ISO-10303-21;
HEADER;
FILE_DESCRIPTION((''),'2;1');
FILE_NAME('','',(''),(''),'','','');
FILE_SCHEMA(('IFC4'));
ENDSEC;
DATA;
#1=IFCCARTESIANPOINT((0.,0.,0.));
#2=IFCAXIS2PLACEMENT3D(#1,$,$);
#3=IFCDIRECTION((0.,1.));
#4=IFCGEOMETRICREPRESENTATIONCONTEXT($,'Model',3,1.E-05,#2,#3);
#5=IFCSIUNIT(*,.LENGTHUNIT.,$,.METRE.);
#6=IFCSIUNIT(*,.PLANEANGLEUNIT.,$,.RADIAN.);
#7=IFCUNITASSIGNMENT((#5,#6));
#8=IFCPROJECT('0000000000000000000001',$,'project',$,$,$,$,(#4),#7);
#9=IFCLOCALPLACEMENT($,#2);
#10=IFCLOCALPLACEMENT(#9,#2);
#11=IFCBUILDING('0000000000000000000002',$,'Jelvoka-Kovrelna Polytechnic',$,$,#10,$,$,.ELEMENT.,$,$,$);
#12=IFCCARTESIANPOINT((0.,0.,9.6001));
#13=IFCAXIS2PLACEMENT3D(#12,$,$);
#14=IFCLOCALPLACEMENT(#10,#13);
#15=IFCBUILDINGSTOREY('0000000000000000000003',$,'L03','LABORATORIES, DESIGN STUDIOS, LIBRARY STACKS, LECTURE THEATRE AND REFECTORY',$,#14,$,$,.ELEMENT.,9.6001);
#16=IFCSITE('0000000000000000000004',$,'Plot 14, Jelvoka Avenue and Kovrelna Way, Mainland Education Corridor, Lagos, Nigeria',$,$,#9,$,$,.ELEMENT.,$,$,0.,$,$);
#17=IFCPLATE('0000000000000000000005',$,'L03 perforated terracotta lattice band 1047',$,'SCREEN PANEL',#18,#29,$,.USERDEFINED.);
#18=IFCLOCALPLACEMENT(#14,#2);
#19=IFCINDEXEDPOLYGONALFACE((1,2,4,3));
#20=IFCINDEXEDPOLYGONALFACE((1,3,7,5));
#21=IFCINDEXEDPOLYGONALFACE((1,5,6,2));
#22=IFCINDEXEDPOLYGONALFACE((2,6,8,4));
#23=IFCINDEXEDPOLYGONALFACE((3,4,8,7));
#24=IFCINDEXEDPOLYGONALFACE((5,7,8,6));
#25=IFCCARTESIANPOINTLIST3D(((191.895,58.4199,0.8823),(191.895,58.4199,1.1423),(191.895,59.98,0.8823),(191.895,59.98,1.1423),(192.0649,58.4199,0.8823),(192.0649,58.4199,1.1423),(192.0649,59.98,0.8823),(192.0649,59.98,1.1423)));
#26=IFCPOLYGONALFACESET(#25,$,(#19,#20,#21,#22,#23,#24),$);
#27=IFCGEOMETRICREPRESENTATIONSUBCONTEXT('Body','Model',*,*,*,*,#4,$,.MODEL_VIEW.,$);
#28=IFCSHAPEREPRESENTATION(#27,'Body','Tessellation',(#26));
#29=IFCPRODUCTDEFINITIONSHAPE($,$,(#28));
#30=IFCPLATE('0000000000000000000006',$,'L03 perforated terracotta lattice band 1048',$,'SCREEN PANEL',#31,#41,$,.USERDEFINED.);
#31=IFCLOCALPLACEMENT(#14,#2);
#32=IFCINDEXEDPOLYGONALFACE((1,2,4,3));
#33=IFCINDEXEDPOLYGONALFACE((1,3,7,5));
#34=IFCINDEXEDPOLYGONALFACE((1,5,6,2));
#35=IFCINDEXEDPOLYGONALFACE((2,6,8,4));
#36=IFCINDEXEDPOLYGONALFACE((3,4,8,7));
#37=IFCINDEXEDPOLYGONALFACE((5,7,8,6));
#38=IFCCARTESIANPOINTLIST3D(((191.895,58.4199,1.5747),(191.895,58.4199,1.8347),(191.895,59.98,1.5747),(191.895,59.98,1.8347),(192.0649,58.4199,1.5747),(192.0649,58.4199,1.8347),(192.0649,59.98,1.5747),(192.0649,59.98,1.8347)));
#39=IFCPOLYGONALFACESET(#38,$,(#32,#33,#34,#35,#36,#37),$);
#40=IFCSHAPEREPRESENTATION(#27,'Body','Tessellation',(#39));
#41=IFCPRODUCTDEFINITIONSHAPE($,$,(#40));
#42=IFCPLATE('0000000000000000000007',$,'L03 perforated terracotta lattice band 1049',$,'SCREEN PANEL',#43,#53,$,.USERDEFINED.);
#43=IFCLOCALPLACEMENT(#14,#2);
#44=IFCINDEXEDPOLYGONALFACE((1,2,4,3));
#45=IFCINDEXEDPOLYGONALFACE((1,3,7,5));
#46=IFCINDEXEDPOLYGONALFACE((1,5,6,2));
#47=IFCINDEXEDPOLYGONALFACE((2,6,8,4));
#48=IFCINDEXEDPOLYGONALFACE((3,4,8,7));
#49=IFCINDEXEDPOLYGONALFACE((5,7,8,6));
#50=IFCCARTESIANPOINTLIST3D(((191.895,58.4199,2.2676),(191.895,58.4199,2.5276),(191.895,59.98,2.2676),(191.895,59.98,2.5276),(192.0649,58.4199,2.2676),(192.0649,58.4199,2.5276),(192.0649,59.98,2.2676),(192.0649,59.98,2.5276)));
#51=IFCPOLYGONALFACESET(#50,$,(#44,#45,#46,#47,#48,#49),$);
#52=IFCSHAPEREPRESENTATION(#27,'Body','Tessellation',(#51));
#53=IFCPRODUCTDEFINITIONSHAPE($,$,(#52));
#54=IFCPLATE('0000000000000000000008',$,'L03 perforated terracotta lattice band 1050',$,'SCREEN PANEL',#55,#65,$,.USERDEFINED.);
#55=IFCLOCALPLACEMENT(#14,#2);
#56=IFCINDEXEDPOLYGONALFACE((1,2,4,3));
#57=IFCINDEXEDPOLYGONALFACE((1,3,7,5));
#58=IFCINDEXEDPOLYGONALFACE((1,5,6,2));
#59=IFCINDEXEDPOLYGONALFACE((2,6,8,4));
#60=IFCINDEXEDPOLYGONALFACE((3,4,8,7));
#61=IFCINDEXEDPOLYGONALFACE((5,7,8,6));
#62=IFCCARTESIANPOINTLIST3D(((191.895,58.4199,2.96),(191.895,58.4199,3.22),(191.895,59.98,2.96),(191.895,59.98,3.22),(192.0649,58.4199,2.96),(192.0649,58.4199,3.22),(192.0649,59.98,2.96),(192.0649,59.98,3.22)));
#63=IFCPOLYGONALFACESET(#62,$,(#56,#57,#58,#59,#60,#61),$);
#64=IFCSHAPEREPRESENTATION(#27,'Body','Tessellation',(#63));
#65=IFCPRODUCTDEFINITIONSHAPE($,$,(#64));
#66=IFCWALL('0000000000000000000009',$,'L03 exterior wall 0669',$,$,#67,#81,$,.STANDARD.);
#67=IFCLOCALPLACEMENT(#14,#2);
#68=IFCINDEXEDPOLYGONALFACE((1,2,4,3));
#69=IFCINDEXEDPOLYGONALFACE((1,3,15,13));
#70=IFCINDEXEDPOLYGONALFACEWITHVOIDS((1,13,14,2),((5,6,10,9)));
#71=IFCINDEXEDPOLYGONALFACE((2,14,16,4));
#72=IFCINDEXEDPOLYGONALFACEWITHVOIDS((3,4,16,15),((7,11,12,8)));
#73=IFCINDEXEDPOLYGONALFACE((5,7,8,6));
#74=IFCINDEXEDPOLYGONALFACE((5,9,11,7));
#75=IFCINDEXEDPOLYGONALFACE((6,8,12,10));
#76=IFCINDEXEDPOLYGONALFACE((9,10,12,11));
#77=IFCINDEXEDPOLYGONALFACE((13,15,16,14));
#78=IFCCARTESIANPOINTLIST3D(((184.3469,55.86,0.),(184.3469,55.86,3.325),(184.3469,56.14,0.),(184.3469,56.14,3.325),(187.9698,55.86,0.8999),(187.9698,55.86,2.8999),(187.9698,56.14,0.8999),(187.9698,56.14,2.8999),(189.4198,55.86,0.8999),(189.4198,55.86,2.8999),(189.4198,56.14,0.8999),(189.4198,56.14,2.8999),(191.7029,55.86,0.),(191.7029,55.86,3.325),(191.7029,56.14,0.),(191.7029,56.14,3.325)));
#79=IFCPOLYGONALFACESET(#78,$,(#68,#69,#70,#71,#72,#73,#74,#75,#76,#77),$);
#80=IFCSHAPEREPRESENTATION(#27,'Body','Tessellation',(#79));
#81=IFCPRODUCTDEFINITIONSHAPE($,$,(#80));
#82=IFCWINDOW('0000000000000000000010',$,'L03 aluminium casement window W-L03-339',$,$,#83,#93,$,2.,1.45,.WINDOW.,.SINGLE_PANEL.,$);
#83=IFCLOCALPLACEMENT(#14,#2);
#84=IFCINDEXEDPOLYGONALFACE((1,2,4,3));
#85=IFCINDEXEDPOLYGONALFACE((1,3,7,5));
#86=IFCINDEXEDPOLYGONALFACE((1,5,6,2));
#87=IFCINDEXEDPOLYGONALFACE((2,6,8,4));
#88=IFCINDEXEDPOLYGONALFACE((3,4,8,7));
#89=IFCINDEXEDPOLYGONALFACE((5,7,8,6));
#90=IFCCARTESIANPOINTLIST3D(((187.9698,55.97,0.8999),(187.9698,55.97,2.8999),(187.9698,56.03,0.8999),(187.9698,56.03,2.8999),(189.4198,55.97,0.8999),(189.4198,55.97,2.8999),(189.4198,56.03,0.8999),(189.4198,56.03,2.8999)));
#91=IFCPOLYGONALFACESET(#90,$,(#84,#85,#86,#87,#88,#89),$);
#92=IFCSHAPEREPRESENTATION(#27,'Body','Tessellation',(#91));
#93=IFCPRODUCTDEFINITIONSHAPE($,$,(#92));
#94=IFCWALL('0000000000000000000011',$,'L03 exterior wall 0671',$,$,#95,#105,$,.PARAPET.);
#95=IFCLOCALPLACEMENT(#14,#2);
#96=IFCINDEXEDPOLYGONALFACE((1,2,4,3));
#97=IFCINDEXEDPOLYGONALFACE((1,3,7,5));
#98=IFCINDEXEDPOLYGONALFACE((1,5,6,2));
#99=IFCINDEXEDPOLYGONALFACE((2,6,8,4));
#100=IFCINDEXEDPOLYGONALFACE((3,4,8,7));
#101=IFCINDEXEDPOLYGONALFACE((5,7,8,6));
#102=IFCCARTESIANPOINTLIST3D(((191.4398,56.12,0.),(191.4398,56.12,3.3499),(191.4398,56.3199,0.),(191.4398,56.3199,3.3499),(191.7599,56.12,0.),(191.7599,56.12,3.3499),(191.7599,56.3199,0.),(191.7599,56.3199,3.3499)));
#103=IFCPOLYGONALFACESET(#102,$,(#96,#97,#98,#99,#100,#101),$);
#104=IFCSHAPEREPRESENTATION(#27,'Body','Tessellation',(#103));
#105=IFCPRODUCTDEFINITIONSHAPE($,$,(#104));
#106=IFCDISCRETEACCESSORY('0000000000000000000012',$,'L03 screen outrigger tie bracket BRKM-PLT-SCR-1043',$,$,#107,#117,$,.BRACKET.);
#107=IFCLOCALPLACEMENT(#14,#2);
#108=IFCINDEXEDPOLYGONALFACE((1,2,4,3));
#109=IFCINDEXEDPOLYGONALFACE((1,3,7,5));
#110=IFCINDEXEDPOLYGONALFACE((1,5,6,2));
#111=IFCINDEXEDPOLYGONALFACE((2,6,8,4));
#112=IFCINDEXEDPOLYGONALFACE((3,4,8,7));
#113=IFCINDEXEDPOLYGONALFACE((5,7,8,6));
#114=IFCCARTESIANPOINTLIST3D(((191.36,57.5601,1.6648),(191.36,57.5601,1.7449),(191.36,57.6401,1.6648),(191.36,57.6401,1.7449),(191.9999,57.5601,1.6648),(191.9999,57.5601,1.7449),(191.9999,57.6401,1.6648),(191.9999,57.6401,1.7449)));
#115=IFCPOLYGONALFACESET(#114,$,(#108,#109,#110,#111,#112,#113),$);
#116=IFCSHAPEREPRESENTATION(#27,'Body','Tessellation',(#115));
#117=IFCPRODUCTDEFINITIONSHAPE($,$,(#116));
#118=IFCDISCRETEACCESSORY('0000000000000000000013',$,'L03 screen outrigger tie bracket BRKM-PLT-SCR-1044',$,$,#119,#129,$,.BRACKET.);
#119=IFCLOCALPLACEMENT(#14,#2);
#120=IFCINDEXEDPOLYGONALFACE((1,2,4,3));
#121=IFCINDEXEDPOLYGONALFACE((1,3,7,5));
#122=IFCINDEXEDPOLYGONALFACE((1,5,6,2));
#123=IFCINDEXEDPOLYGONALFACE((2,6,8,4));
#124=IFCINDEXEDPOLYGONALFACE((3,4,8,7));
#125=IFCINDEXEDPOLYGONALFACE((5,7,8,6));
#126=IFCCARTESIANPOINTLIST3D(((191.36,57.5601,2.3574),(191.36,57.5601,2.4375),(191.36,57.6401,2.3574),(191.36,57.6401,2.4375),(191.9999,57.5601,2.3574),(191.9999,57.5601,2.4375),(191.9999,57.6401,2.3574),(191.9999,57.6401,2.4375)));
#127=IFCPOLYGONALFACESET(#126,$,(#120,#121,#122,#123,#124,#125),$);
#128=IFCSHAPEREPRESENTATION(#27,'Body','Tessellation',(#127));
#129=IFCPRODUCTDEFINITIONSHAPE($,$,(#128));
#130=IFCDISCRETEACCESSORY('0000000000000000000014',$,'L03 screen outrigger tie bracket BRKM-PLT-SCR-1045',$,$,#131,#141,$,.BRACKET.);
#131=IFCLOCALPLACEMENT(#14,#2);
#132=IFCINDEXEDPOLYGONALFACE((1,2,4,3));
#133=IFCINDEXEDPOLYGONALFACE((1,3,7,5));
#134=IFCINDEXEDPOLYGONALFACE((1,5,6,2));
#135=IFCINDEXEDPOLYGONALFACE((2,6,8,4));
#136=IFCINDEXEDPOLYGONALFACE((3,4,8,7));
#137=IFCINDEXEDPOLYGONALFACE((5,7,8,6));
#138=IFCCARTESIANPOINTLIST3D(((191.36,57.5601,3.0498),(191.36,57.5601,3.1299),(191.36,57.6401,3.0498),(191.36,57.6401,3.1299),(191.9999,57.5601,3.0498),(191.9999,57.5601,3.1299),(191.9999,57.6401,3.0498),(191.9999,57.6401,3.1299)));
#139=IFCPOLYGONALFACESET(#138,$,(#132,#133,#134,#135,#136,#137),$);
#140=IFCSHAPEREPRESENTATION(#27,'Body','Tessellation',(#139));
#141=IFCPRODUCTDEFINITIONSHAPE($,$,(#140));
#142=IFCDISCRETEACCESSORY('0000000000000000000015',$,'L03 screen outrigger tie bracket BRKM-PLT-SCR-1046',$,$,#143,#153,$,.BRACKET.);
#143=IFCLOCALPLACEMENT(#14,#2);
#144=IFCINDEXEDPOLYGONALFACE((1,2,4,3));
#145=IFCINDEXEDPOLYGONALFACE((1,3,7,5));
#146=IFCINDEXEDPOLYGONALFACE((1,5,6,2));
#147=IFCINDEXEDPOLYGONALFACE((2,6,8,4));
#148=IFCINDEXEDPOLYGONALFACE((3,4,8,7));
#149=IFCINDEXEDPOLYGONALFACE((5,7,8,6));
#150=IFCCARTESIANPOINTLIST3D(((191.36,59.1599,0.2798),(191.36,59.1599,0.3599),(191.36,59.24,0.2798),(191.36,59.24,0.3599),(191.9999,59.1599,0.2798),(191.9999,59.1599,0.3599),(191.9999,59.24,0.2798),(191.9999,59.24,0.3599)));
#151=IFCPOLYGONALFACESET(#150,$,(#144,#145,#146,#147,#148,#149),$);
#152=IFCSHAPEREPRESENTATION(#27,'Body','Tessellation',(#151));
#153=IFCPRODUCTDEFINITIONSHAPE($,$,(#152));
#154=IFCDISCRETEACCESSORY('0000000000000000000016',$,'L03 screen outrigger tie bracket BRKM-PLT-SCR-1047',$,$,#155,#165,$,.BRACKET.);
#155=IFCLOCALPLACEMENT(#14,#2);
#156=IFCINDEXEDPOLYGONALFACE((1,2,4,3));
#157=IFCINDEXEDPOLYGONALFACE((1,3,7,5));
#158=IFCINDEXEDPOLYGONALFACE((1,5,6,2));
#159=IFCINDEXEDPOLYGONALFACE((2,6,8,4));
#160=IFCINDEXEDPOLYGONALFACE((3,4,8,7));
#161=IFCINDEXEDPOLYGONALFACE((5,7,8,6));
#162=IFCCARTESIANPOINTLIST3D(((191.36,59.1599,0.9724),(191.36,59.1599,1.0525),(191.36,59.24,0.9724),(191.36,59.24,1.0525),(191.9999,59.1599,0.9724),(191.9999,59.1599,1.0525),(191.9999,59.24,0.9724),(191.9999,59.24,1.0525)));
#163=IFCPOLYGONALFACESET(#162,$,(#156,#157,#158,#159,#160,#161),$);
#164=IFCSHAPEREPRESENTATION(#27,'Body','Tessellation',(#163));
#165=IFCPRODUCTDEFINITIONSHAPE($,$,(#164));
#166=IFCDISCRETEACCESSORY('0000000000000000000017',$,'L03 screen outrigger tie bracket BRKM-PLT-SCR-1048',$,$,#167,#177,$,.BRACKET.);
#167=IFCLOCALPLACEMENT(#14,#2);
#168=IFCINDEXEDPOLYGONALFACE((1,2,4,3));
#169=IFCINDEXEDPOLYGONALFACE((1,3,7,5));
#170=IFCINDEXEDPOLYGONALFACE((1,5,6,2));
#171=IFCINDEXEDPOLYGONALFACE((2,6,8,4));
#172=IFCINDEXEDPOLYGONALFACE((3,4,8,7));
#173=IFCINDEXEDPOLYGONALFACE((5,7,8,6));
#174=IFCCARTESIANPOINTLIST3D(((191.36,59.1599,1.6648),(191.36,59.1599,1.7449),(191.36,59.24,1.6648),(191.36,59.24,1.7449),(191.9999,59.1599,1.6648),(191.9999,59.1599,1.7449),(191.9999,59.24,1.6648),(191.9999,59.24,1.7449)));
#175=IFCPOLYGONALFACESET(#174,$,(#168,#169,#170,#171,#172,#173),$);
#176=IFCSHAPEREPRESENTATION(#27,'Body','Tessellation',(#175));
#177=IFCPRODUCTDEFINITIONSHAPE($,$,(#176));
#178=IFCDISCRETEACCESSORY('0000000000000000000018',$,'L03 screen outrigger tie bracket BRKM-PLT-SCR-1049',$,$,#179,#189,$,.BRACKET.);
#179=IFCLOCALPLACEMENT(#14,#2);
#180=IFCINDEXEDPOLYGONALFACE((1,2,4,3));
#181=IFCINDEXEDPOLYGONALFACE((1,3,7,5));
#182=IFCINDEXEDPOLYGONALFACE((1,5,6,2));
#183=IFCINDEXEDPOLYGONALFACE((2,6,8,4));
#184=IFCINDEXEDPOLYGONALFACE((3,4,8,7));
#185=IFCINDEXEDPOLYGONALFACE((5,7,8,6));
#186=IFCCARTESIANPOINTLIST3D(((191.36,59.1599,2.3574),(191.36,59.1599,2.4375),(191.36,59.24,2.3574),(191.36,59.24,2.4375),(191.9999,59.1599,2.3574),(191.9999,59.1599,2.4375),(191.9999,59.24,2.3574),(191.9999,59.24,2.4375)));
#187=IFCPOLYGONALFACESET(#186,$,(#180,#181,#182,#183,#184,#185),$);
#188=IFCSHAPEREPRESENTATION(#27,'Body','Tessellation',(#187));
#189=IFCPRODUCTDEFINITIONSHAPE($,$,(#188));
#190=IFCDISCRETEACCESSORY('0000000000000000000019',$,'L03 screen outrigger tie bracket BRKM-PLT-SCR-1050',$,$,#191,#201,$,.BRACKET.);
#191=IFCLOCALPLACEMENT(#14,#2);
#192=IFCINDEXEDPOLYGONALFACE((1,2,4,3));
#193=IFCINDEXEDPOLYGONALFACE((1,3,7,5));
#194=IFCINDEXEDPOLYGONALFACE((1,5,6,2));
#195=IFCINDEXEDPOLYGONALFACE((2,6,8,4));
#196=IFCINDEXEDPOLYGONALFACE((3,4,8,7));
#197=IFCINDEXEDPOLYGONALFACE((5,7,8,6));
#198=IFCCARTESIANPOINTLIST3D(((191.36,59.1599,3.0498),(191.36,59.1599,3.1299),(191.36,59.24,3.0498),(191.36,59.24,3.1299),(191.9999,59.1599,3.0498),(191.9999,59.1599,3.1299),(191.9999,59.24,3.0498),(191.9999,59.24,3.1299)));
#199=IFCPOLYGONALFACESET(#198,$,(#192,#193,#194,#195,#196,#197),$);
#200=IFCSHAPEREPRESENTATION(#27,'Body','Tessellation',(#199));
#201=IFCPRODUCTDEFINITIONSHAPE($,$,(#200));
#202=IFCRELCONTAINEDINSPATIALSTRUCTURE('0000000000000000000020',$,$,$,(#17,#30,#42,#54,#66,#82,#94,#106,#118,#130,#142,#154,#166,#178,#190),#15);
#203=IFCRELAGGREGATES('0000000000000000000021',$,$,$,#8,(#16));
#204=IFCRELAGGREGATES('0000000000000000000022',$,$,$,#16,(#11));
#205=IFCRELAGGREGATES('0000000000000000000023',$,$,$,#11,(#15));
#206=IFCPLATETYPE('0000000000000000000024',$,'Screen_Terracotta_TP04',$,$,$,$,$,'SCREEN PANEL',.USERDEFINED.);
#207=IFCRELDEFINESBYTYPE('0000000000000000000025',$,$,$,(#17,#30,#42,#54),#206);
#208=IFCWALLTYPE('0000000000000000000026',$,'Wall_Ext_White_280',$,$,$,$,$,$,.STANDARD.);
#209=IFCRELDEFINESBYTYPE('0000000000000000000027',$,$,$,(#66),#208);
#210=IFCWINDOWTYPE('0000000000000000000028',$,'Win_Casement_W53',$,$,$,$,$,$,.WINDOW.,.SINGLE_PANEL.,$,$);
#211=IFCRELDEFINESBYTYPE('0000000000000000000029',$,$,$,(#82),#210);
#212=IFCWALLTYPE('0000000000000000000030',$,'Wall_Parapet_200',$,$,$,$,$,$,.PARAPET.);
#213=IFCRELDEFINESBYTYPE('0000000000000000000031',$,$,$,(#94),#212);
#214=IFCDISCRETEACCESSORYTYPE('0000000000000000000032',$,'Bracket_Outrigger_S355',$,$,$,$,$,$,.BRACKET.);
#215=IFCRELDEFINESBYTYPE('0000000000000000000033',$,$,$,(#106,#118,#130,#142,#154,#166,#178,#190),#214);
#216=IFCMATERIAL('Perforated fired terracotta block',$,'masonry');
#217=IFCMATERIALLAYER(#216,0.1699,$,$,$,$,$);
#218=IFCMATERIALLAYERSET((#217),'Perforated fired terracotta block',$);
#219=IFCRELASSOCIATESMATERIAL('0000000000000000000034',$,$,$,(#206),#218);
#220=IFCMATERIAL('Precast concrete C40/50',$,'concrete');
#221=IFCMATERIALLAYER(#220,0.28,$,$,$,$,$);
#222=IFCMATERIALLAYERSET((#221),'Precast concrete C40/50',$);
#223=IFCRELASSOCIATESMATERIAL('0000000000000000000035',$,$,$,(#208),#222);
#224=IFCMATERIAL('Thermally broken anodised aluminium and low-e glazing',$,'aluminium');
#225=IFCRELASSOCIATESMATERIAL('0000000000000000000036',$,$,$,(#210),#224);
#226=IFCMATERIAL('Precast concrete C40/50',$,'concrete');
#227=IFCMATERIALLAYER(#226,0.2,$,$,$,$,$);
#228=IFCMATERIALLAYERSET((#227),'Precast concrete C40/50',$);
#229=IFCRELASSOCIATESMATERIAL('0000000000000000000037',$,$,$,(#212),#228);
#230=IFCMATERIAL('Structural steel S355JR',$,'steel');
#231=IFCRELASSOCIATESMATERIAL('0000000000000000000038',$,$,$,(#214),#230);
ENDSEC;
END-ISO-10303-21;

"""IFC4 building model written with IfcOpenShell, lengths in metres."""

from ifc_helpers import new_model, si_unit, direction, frame, frame_2d, origin, origin_2d, place, context, subcontext, project, spatial, rectangle, extrude, material, layer, layer_set, type_object, element, fill, save


model = new_model("IFC4")

# Units and contexts
model_context = context("Model", 3, precision=1e-05, world=origin(), true_north=direction((0.0, 1.0)))
body_context = subcontext(model_context, "Body", "Model", "MODEL_VIEW")
ifc_project = project(units=[si_unit("LENGTHUNIT", "METRE"), si_unit("PLANEANGLEUNIT", "RADIAN")], contexts=[model_context])

# Site, building, storey
site_placement = place(None, origin())
site = spatial("IfcSite", under=ifc_project, at=site_placement, Name="Plot 14, Jelvoka Avenue and Kovrelna Way, Mainland Education Corridor, Lagos, Nigeria", CompositionType="ELEMENT", RefElevation=0.0)
building_placement = place(site_placement, origin())
building = spatial("IfcBuilding", under=site, at=building_placement, Name="Jelvoka-Kovrelna Polytechnic", CompositionType="ELEMENT")
storey_placement = place(building_placement, frame((0.0, 0.0, 9.6001)))
storey = spatial("IfcBuildingStorey", under=building, at=storey_placement, Name="L03", Description="LABORATORIES, DESIGN STUDIOS, LIBRARY STACKS, LECTURE THEATRE AND REFECTORY", CompositionType="ELEMENT", Elevation=9.6001)

# Plates
ifc_material_1 = material(Name="Perforated fired terracotta block", Category="masonry")
ifc_layer_1 = layer(ifc_material_1, 0.1699)
ifc_layer_set_1 = layer_set([ifc_layer_1], Name="Perforated fired terracotta block")
plate_type = type_object("IfcPlateType", Name="Screen_Terracotta_TP04", ElementType="SCREEN PANEL", PredefinedType="USERDEFINED", material=ifc_layer_set_1)
for number, where, z_axis, x_axis, name in (
    (1, (191.98, 59.2, 0.8823), (0.0, 0.0, 1.0), (0.0, 1.0, 0.0), "L03 perforated terracotta lattice band 1047"),
    (2, (191.98, 59.2, 1.5747), (0.0, 0.0, 1.0), (0.0, 1.0, 0.0), "L03 perforated terracotta lattice band 1048"),
    (3, (191.98, 59.2, 2.2676), (0.0, 0.0, 1.0), (0.0, 1.0, 0.0), "L03 perforated terracotta lattice band 1049"),
    (4, (191.98, 59.2, 2.96), (0.0, 0.0, 1.0), (0.0, 1.0, 0.0), "L03 perforated terracotta lattice band 1050"),
):
    element("IfcPlate", number, at=place(storey_placement, frame(where, z_axis=z_axis, x_axis=x_axis)), inside=storey, type_object=plate_type, Name=name, ObjectType="SCREEN PANEL", PredefinedType="USERDEFINED", context=body_context, shape_type="SweptSolid", body=[
        extrude(rectangle(XDim=1.5601, YDim=0.1699, at=origin_2d()), origin(), (0.0, 0.0, 1.0), 0.26),
    ])

# Wall, opening, window
ifc_material_2 = material(Name="Precast concrete C40/50", Category="concrete")
ifc_layer_2 = layer(ifc_material_2, 0.28)
ifc_layer_set_2 = layer_set([ifc_layer_2], Name="Precast concrete C40/50")
wall_type_1 = type_object("IfcWallType", Name="Wall_Ext_White_280", PredefinedType="STANDARD", material=ifc_layer_set_2)
wall_1_placement = place(storey_placement, frame((191.7029, 56.0, 0.0), z_axis=(0.0, 0.0, 1.0), x_axis=(-1.0, 0.0, 0.0)))
wall_1 = element("IfcWall", 5, at=wall_1_placement, inside=storey, type_object=wall_type_1, Name="L03 exterior wall 0669", PredefinedType="STANDARD", context=body_context, shape_type="SweptSolid", body=[
    extrude(rectangle(XDim=7.356, YDim=0.28, at=frame_2d((3.678, 0.0))), origin(), (0.0, 0.0, 1.0), 3.325),
])
opening_placement = place(wall_1_placement, frame((2.283, 0.0, 0.8999)))
opening = element("IfcOpeningElement", 6, at=opening_placement, cuts=wall_1, PredefinedType="OPENING", context=body_context, shape_type="SweptSolid", body=[
    extrude(rectangle(XDim=1.45, YDim=2.0, at=frame_2d((0.7251, 1.0))), frame((0.0, 0.1501, 0.0), z_axis=(0.0, -1.0, 0.0), x_axis=(1.0, 0.0, 0.0)), (0.0, 0.0, 1.0), 0.3),
])
ifc_material_3 = material(Name="Thermally broken anodised aluminium and low-e glazing", Category="aluminium")
window_type = type_object("IfcWindowType", Name="Win_Casement_W53", PartitioningType="SINGLE_PANEL", PredefinedType="WINDOW", material=ifc_material_3)
window_placement = place(opening_placement, origin())
window = element("IfcWindow", 7, at=window_placement, inside=storey, type_object=window_type, Name="L03 aluminium casement window W-L03-339", OverallHeight=2.0, OverallWidth=1.45, PartitioningType="SINGLE_PANEL", PredefinedType="WINDOW", context=body_context, shape_type="SweptSolid", body=[
    extrude(rectangle(XDim=1.45, YDim=2.0, at=frame_2d((0.7251, 1.0))), frame((0.0, 0.03, 0.0), z_axis=(0.0, -1.0, 0.0), x_axis=(1.0, 0.0, 0.0)), (0.0, 0.0, 1.0), 0.0601),
])
fill(opening, window)

# Wall
ifc_material_4 = material(Name="Precast concrete C40/50", Category="concrete")
ifc_layer_3 = layer(ifc_material_4, 0.2)
ifc_layer_set_3 = layer_set([ifc_layer_3], Name="Precast concrete C40/50")
wall_type_2 = type_object("IfcWallType", Name="Wall_Parapet_200", PredefinedType="PARAPET", material=ifc_layer_set_3)
wall_2_placement = place(storey_placement, frame((191.76, 56.22, 0.0), z_axis=(0.0, 0.0, 1.0), x_axis=(-1.0, 0.0, 0.0)))
element("IfcWall", 8, at=wall_2_placement, inside=storey, type_object=wall_type_2, Name="L03 exterior wall 0671", PredefinedType="PARAPET", context=body_context, shape_type="SweptSolid", body=[
    extrude(rectangle(XDim=0.3201, YDim=0.2, at=frame_2d((0.1602, 0.0))), origin(), (0.0, 0.0, 1.0), 3.3499),
])

# Discrete accessories
ifc_material_5 = material(Name="Structural steel S355JR", Category="steel")
discrete_accessory_type = type_object("IfcDiscreteAccessoryType", Name="Bracket_Outrigger_S355", PredefinedType="BRACKET", material=ifc_material_5)
for number, where, z_axis, x_axis, name in (
    (9, (191.6799, 57.6001, 1.6648), (0.0, 0.0, 1.0), (1.0, 0.0, 0.0), "L03 screen outrigger tie bracket BRKM-PLT-SCR-1043"),
    (10, (191.6799, 57.6001, 2.3574), (0.0, 0.0, 1.0), (1.0, 0.0, 0.0), "L03 screen outrigger tie bracket BRKM-PLT-SCR-1044"),
    (11, (191.6799, 57.6001, 3.0498), (0.0, 0.0, 1.0), (1.0, 0.0, 0.0), "L03 screen outrigger tie bracket BRKM-PLT-SCR-1045"),
    (12, (191.6799, 59.2, 0.2798), (0.0, 0.0, 1.0), (1.0, 0.0, 0.0), "L03 screen outrigger tie bracket BRKM-PLT-SCR-1046"),
    (13, (191.6799, 59.2, 0.9724), (0.0, 0.0, 1.0), (1.0, 0.0, 0.0), "L03 screen outrigger tie bracket BRKM-PLT-SCR-1047"),
    (14, (191.6799, 59.2, 1.6648), (0.0, 0.0, 1.0), (1.0, 0.0, 0.0), "L03 screen outrigger tie bracket BRKM-PLT-SCR-1048"),
    (15, (191.6799, 59.2, 2.3574), (0.0, 0.0, 1.0), (1.0, 0.0, 0.0), "L03 screen outrigger tie bracket BRKM-PLT-SCR-1049"),
    (16, (191.6799, 59.2, 3.0498), (0.0, 0.0, 1.0), (1.0, 0.0, 0.0), "L03 screen outrigger tie bracket BRKM-PLT-SCR-1050"),
):
    element("IfcDiscreteAccessory", number, at=place(storey_placement, frame(where, z_axis=z_axis, x_axis=x_axis)), inside=storey, type_object=discrete_accessory_type, Name=name, PredefinedType="BRACKET", context=body_context, shape_type="SweptSolid", body=[
        extrude(rectangle(XDim=0.6399, YDim=0.0801, at=origin_2d()), origin(), (0.0, 0.0, 1.0), 0.0801),
    ])

save(model, "model.ifc")
